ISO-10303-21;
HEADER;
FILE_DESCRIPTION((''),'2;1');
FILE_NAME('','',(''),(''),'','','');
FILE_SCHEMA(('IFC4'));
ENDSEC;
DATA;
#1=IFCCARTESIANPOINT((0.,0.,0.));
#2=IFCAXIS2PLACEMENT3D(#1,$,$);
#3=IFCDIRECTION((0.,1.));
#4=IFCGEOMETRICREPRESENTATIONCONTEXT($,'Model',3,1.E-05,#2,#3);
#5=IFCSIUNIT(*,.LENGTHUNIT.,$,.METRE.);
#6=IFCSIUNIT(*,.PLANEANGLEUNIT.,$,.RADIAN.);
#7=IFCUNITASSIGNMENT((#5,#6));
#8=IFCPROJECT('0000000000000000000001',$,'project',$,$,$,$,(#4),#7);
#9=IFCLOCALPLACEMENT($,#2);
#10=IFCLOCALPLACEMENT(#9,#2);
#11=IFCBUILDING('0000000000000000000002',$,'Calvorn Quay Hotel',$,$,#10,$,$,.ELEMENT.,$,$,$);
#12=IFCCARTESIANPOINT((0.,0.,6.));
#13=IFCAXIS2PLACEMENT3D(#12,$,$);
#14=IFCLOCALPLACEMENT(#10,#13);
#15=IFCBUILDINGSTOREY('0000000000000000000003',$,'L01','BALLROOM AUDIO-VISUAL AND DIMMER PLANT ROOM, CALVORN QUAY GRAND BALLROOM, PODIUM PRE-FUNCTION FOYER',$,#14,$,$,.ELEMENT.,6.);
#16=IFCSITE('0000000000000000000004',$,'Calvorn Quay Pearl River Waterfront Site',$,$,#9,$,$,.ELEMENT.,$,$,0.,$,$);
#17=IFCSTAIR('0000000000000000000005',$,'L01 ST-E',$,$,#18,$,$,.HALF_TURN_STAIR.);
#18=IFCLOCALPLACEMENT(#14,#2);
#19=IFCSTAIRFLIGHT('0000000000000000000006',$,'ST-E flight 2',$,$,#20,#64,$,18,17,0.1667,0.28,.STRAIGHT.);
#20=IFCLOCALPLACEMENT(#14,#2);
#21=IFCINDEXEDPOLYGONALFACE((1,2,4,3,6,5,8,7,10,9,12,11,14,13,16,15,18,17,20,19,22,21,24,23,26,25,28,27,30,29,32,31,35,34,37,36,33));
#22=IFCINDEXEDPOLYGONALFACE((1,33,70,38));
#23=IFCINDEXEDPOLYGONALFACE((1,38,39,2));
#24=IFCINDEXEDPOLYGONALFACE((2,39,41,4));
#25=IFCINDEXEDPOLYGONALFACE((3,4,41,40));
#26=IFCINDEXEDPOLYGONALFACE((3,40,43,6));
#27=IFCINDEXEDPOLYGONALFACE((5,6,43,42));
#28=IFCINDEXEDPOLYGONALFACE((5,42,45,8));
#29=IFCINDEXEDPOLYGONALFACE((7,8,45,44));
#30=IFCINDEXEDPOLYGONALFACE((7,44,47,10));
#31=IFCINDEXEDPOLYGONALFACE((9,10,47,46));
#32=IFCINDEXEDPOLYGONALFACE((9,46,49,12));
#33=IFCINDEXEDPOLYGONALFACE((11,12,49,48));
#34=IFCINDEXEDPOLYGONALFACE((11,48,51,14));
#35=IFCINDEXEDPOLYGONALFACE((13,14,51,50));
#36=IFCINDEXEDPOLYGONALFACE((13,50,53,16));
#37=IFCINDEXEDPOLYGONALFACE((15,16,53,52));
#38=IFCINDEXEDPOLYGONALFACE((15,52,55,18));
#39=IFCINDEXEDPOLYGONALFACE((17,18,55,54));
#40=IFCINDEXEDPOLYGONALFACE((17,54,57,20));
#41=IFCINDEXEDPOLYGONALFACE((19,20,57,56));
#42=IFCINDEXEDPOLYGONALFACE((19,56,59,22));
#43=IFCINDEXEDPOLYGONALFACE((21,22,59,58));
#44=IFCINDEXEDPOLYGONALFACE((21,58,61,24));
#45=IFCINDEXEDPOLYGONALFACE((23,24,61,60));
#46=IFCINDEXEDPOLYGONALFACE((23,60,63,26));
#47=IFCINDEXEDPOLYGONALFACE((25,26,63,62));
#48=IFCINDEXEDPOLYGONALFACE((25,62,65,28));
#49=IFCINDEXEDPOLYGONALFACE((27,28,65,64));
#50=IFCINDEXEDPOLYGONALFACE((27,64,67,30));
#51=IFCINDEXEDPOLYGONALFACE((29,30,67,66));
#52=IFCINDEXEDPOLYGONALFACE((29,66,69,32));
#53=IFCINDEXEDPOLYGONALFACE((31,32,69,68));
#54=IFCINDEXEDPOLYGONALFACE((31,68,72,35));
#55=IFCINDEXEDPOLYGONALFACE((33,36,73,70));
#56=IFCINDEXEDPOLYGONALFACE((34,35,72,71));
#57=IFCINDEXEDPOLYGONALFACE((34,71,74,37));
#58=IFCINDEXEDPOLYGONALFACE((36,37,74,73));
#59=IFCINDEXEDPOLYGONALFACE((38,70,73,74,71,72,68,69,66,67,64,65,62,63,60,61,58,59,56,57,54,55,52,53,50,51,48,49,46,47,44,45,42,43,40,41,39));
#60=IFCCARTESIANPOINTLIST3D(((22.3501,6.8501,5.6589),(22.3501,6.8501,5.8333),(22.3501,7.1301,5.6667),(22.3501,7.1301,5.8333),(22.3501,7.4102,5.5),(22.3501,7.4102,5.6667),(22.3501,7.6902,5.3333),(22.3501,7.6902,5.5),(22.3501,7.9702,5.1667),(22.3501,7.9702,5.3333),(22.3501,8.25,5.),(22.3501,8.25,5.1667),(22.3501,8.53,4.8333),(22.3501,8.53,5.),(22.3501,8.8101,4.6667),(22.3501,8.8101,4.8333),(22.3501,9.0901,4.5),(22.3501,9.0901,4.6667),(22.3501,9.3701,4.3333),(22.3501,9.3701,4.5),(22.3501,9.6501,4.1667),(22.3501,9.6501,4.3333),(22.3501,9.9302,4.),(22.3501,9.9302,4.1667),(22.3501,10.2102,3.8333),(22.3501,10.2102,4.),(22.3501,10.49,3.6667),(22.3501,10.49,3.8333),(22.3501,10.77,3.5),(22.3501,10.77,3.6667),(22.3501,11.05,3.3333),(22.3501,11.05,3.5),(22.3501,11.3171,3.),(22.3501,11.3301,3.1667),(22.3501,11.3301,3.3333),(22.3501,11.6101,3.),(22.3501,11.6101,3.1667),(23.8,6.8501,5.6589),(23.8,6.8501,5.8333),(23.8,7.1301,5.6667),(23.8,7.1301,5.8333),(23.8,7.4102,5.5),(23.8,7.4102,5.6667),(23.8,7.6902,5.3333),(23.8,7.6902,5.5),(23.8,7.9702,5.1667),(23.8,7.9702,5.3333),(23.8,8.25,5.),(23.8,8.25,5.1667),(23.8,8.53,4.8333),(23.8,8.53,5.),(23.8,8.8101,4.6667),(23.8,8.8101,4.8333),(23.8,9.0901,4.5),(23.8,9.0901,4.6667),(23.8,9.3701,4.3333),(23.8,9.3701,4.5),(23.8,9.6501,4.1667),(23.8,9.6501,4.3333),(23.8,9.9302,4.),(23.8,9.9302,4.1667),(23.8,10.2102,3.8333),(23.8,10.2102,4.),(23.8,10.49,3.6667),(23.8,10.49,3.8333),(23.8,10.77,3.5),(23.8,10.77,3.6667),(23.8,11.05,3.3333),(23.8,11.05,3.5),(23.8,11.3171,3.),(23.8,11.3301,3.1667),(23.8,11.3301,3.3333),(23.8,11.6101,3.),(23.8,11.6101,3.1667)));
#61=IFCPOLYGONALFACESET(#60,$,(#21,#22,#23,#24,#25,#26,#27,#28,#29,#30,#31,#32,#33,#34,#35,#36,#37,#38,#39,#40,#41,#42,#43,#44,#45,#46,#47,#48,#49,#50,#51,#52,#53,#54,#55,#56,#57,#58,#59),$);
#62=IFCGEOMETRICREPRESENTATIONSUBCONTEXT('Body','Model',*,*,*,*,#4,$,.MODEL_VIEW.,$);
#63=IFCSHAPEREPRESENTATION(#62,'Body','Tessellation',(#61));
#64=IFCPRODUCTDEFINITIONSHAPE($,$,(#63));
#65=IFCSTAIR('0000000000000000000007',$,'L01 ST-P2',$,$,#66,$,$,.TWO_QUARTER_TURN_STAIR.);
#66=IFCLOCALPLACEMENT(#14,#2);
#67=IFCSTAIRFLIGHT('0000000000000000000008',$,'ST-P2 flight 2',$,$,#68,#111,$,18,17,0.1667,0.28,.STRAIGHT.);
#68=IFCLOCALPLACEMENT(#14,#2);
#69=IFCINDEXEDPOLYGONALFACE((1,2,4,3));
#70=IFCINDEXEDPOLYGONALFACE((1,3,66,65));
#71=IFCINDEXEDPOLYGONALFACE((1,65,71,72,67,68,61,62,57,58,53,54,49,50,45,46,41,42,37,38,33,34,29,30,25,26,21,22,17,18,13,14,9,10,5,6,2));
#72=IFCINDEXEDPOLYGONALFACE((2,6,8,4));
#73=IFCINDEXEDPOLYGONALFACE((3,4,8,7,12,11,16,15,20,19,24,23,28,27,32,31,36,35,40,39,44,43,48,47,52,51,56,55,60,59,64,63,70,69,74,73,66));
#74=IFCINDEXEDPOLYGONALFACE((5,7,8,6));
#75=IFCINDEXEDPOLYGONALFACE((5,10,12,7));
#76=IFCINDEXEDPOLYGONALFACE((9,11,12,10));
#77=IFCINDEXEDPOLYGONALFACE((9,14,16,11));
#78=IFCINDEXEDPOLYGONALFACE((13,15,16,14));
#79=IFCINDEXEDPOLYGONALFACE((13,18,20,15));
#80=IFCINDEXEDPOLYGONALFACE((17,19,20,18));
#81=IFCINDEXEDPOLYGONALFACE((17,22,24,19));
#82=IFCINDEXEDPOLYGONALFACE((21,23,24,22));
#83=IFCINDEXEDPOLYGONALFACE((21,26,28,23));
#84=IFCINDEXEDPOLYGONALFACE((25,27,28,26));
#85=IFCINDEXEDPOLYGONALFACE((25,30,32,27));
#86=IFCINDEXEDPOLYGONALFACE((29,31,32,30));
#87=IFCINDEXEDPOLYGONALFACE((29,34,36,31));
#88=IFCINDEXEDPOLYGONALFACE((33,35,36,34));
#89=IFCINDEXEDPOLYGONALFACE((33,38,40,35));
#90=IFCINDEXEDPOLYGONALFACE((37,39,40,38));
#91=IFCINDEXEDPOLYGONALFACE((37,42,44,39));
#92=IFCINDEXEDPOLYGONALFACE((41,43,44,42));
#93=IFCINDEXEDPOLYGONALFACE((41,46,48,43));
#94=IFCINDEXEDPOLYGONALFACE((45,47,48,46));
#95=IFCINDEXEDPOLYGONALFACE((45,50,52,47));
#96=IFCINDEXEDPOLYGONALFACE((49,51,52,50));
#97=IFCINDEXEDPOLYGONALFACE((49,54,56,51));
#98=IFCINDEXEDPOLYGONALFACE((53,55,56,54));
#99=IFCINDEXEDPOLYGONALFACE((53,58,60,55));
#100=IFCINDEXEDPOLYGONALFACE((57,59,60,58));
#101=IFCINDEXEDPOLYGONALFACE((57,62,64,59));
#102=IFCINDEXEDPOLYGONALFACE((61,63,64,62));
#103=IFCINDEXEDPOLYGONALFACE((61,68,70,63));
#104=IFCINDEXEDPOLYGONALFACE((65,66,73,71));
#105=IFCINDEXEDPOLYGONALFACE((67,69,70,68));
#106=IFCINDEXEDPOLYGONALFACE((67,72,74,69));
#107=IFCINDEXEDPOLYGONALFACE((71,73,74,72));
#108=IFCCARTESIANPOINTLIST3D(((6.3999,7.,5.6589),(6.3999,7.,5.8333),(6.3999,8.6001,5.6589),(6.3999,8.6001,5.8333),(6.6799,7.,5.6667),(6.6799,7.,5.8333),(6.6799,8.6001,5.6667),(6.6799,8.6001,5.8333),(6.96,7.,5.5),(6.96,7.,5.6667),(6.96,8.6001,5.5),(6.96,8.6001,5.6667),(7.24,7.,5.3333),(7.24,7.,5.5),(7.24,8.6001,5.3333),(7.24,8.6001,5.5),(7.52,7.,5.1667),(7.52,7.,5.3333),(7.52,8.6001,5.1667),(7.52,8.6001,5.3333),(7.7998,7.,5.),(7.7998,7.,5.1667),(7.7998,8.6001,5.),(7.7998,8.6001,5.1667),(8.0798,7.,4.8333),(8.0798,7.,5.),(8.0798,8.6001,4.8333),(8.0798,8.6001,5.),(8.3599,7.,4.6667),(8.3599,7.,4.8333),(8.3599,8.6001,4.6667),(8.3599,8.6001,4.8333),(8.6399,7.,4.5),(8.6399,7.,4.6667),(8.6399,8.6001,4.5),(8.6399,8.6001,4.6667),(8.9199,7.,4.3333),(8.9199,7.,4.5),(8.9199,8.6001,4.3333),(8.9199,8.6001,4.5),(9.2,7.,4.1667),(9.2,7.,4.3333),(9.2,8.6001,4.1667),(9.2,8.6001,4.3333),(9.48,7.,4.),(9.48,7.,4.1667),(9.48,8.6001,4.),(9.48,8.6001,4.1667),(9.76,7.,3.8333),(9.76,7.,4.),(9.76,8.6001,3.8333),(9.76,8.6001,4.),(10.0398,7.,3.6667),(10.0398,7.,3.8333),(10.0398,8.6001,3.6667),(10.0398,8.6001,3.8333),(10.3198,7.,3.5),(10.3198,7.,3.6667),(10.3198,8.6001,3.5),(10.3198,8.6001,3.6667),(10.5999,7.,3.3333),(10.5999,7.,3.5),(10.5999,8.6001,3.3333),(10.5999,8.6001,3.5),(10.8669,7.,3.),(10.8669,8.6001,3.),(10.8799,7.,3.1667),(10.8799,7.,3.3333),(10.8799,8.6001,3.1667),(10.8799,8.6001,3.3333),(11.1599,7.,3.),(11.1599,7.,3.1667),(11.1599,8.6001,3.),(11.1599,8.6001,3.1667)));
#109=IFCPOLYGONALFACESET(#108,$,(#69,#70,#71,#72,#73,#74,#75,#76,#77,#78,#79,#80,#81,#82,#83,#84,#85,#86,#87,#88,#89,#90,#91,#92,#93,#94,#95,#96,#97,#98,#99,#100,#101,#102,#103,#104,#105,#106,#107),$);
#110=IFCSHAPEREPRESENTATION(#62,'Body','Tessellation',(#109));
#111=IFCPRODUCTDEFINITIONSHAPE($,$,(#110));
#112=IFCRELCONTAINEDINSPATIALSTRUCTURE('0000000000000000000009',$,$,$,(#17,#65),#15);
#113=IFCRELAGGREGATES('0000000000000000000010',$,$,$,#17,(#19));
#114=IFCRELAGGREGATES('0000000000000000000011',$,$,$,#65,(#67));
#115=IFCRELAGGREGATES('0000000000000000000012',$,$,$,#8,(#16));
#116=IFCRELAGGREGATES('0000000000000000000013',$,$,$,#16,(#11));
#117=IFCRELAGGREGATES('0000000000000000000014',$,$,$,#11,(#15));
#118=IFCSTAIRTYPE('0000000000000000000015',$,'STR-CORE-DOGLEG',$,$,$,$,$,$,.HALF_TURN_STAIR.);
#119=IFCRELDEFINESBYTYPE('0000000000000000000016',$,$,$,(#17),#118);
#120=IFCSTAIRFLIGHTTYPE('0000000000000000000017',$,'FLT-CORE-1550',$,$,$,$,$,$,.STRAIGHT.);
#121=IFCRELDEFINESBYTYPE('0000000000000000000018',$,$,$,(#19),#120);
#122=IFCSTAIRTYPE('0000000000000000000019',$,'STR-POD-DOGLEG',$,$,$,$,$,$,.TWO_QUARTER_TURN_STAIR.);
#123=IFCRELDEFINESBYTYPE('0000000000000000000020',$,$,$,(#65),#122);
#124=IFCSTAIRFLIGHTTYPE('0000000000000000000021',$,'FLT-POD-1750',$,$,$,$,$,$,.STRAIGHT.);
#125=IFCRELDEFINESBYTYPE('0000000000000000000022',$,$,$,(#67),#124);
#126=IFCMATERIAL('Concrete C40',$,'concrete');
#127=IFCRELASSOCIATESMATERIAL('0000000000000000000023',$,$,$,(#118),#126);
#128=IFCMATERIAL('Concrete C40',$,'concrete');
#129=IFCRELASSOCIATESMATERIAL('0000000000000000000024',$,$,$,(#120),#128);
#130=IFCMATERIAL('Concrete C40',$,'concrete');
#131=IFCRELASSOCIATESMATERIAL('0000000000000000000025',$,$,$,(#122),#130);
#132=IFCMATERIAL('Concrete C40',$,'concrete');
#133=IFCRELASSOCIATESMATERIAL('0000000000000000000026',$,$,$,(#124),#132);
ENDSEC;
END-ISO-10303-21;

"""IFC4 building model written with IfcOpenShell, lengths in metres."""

from ifc_helpers import new_model, si_unit, direction, frame, origin, place, context, subcontext, project, spatial, polyline, outline, extrude, material, type_object, element, aggregate, save


model = new_model("IFC4")

# Units and contexts
model_context = context("Model", 3, precision=1e-05, world=origin(), true_north=direction((0.0, 1.0)))
body_context = subcontext(model_context, "Body", "Model", "MODEL_VIEW")
ifc_project = project(units=[si_unit("LENGTHUNIT", "METRE"), si_unit("PLANEANGLEUNIT", "RADIAN")], contexts=[model_context])

# Site, building, storey
site_placement = place(None, origin())
site = spatial("IfcSite", under=ifc_project, at=site_placement, Name="Calvorn Quay Pearl River Waterfront Site", CompositionType="ELEMENT", RefElevation=0.0)
building_placement = place(site_placement, origin())
building = spatial("IfcBuilding", under=site, at=building_placement, Name="Calvorn Quay Hotel", CompositionType="ELEMENT")
storey_placement = place(building_placement, frame((0.0, 0.0, 6.0)))
storey = spatial("IfcBuildingStorey", under=building, at=storey_placement, Name="L01", Description="BALLROOM AUDIO-VISUAL AND DIMMER PLANT ROOM, CALVORN QUAY GRAND BALLROOM, PODIUM PRE-FUNCTION FOYER", CompositionType="ELEMENT", Elevation=6.0)

# Stair, stair flight
ifc_material_1 = material(Name="Concrete C40", Category="concrete")
stair_type_1 = type_object("IfcStairType", Name="STR-CORE-DOGLEG", PredefinedType="HALF_TURN_STAIR", material=ifc_material_1)
stair_1_placement = place(storey_placement, origin())
stair_1 = element("IfcStair", 1, at=stair_1_placement, inside=storey, type_object=stair_type_1, Name="L01 ST-E", PredefinedType="HALF_TURN_STAIR")
ifc_material_2 = material(Name="Concrete C40", Category="concrete")
stair_flight_type_1 = type_object("IfcStairFlightType", Name="FLT-CORE-1550", PredefinedType="STRAIGHT", material=ifc_material_2)
stair_flight_1_placement = place(storey_placement, frame((23.075, 11.6101, 3.0), z_axis=(0.0, 0.0, 1.0), x_axis=(0.0, -1.0, 0.0)))
stair_flight_1 = element("IfcStairFlight", 2, at=stair_flight_1_placement, type_object=stair_flight_type_1, Name="ST-E flight 2", NumberOfRisers=18, NumberOfTreads=17, PredefinedType="STRAIGHT", RiserHeight=0.1667, TreadLength=0.28, context=body_context, shape_type="SweptSolid", body=[
    extrude(outline(polyline([(0.0, 0.0), (0.0, 0.1667), (0.28, 0.1667), (0.28, 0.3333), (0.5601, 0.3333), (0.5601, 0.5), (0.8401, 0.5), (0.8401, 0.6667), (1.1201, 0.6667), (1.1201, 0.8333), (1.3999, 0.8333), (1.3999, 1.0), (1.6799, 1.0), (1.6799, 1.1667), (1.96, 1.1667), (1.96, 1.3333), (2.24, 1.3333), (2.24, 1.5), (2.52, 1.5), (2.52, 1.6667), (2.8, 1.6667), (2.8, 1.8333), (3.0801, 1.8333), (3.0801, 2.0), (3.3601, 2.0), (3.3601, 2.1667), (3.6399, 2.1667), (3.6399, 2.3333), (3.9199, 2.3333), (3.9199, 2.5), (4.2, 2.5), (4.2, 2.6667), (4.48, 2.6667), (4.48, 2.8333), (4.76, 2.8333), (4.76, 3.0), (4.76, 2.6589), (0.293, 0.0), (0.0, 0.0)])), frame((0.0, 0.7251, 0.0), z_axis=(0.0, -1.0, 0.0), x_axis=(1.0, 0.0, 0.0)), (0.0, 0.0, 1.0), 1.45),
])
aggregate(stair_1, [stair_flight_1])

# Stair, stair flight
ifc_material_3 = material(Name="Concrete C40", Category="concrete")
stair_type_2 = type_object("IfcStairType", Name="STR-POD-DOGLEG", PredefinedType="TWO_QUARTER_TURN_STAIR", material=ifc_material_3)
stair_2_placement = place(storey_placement, origin())
stair_2 = element("IfcStair", 3, at=stair_2_placement, inside=storey, type_object=stair_type_2, Name="L01 ST-P2", PredefinedType="TWO_QUARTER_TURN_STAIR")
ifc_material_4 = material(Name="Concrete C40", Category="concrete")
stair_flight_type_2 = type_object("IfcStairFlightType", Name="FLT-POD-1750", PredefinedType="STRAIGHT", material=ifc_material_4)
stair_flight_2_placement = place(storey_placement, frame((11.1599, 7.8, 3.0), z_axis=(0.0, 0.0, 1.0), x_axis=(-1.0, 0.0, 0.0)))
stair_flight_2 = element("IfcStairFlight", 4, at=stair_flight_2_placement, type_object=stair_flight_type_2, Name="ST-P2 flight 2", NumberOfRisers=18, NumberOfTreads=17, PredefinedType="STRAIGHT", RiserHeight=0.1667, TreadLength=0.28, context=body_context, shape_type="SweptSolid", body=[
    extrude(outline(polyline([(0.0, 0.0), (0.0, 0.1667), (0.28, 0.1667), (0.28, 0.3333), (0.5601, 0.3333), (0.5601, 0.5), (0.8401, 0.5), (0.8401, 0.6667), (1.1201, 0.6667), (1.1201, 0.8333), (1.3999, 0.8333), (1.3999, 1.0), (1.6799, 1.0), (1.6799, 1.1667), (1.96, 1.1667), (1.96, 1.3333), (2.24, 1.3333), (2.24, 1.5), (2.52, 1.5), (2.52, 1.6667), (2.8, 1.6667), (2.8, 1.8333), (3.0801, 1.8333), (3.0801, 2.0), (3.3601, 2.0), (3.3601, 2.1667), (3.6399, 2.1667), (3.6399, 2.3333), (3.9199, 2.3333), (3.9199, 2.5), (4.2, 2.5), (4.2, 2.6667), (4.48, 2.6667), (4.48, 2.8333), (4.76, 2.8333), (4.76, 3.0), (4.76, 2.6589), (0.293, 0.0), (0.0, 0.0)])), frame((0.0, 0.8, 0.0), z_axis=(0.0, -1.0, 0.0), x_axis=(1.0, 0.0, 0.0)), (0.0, 0.0, 1.0), 1.6001),
])
aggregate(stair_2, [stair_flight_2])

save(model, "model.ifc")
